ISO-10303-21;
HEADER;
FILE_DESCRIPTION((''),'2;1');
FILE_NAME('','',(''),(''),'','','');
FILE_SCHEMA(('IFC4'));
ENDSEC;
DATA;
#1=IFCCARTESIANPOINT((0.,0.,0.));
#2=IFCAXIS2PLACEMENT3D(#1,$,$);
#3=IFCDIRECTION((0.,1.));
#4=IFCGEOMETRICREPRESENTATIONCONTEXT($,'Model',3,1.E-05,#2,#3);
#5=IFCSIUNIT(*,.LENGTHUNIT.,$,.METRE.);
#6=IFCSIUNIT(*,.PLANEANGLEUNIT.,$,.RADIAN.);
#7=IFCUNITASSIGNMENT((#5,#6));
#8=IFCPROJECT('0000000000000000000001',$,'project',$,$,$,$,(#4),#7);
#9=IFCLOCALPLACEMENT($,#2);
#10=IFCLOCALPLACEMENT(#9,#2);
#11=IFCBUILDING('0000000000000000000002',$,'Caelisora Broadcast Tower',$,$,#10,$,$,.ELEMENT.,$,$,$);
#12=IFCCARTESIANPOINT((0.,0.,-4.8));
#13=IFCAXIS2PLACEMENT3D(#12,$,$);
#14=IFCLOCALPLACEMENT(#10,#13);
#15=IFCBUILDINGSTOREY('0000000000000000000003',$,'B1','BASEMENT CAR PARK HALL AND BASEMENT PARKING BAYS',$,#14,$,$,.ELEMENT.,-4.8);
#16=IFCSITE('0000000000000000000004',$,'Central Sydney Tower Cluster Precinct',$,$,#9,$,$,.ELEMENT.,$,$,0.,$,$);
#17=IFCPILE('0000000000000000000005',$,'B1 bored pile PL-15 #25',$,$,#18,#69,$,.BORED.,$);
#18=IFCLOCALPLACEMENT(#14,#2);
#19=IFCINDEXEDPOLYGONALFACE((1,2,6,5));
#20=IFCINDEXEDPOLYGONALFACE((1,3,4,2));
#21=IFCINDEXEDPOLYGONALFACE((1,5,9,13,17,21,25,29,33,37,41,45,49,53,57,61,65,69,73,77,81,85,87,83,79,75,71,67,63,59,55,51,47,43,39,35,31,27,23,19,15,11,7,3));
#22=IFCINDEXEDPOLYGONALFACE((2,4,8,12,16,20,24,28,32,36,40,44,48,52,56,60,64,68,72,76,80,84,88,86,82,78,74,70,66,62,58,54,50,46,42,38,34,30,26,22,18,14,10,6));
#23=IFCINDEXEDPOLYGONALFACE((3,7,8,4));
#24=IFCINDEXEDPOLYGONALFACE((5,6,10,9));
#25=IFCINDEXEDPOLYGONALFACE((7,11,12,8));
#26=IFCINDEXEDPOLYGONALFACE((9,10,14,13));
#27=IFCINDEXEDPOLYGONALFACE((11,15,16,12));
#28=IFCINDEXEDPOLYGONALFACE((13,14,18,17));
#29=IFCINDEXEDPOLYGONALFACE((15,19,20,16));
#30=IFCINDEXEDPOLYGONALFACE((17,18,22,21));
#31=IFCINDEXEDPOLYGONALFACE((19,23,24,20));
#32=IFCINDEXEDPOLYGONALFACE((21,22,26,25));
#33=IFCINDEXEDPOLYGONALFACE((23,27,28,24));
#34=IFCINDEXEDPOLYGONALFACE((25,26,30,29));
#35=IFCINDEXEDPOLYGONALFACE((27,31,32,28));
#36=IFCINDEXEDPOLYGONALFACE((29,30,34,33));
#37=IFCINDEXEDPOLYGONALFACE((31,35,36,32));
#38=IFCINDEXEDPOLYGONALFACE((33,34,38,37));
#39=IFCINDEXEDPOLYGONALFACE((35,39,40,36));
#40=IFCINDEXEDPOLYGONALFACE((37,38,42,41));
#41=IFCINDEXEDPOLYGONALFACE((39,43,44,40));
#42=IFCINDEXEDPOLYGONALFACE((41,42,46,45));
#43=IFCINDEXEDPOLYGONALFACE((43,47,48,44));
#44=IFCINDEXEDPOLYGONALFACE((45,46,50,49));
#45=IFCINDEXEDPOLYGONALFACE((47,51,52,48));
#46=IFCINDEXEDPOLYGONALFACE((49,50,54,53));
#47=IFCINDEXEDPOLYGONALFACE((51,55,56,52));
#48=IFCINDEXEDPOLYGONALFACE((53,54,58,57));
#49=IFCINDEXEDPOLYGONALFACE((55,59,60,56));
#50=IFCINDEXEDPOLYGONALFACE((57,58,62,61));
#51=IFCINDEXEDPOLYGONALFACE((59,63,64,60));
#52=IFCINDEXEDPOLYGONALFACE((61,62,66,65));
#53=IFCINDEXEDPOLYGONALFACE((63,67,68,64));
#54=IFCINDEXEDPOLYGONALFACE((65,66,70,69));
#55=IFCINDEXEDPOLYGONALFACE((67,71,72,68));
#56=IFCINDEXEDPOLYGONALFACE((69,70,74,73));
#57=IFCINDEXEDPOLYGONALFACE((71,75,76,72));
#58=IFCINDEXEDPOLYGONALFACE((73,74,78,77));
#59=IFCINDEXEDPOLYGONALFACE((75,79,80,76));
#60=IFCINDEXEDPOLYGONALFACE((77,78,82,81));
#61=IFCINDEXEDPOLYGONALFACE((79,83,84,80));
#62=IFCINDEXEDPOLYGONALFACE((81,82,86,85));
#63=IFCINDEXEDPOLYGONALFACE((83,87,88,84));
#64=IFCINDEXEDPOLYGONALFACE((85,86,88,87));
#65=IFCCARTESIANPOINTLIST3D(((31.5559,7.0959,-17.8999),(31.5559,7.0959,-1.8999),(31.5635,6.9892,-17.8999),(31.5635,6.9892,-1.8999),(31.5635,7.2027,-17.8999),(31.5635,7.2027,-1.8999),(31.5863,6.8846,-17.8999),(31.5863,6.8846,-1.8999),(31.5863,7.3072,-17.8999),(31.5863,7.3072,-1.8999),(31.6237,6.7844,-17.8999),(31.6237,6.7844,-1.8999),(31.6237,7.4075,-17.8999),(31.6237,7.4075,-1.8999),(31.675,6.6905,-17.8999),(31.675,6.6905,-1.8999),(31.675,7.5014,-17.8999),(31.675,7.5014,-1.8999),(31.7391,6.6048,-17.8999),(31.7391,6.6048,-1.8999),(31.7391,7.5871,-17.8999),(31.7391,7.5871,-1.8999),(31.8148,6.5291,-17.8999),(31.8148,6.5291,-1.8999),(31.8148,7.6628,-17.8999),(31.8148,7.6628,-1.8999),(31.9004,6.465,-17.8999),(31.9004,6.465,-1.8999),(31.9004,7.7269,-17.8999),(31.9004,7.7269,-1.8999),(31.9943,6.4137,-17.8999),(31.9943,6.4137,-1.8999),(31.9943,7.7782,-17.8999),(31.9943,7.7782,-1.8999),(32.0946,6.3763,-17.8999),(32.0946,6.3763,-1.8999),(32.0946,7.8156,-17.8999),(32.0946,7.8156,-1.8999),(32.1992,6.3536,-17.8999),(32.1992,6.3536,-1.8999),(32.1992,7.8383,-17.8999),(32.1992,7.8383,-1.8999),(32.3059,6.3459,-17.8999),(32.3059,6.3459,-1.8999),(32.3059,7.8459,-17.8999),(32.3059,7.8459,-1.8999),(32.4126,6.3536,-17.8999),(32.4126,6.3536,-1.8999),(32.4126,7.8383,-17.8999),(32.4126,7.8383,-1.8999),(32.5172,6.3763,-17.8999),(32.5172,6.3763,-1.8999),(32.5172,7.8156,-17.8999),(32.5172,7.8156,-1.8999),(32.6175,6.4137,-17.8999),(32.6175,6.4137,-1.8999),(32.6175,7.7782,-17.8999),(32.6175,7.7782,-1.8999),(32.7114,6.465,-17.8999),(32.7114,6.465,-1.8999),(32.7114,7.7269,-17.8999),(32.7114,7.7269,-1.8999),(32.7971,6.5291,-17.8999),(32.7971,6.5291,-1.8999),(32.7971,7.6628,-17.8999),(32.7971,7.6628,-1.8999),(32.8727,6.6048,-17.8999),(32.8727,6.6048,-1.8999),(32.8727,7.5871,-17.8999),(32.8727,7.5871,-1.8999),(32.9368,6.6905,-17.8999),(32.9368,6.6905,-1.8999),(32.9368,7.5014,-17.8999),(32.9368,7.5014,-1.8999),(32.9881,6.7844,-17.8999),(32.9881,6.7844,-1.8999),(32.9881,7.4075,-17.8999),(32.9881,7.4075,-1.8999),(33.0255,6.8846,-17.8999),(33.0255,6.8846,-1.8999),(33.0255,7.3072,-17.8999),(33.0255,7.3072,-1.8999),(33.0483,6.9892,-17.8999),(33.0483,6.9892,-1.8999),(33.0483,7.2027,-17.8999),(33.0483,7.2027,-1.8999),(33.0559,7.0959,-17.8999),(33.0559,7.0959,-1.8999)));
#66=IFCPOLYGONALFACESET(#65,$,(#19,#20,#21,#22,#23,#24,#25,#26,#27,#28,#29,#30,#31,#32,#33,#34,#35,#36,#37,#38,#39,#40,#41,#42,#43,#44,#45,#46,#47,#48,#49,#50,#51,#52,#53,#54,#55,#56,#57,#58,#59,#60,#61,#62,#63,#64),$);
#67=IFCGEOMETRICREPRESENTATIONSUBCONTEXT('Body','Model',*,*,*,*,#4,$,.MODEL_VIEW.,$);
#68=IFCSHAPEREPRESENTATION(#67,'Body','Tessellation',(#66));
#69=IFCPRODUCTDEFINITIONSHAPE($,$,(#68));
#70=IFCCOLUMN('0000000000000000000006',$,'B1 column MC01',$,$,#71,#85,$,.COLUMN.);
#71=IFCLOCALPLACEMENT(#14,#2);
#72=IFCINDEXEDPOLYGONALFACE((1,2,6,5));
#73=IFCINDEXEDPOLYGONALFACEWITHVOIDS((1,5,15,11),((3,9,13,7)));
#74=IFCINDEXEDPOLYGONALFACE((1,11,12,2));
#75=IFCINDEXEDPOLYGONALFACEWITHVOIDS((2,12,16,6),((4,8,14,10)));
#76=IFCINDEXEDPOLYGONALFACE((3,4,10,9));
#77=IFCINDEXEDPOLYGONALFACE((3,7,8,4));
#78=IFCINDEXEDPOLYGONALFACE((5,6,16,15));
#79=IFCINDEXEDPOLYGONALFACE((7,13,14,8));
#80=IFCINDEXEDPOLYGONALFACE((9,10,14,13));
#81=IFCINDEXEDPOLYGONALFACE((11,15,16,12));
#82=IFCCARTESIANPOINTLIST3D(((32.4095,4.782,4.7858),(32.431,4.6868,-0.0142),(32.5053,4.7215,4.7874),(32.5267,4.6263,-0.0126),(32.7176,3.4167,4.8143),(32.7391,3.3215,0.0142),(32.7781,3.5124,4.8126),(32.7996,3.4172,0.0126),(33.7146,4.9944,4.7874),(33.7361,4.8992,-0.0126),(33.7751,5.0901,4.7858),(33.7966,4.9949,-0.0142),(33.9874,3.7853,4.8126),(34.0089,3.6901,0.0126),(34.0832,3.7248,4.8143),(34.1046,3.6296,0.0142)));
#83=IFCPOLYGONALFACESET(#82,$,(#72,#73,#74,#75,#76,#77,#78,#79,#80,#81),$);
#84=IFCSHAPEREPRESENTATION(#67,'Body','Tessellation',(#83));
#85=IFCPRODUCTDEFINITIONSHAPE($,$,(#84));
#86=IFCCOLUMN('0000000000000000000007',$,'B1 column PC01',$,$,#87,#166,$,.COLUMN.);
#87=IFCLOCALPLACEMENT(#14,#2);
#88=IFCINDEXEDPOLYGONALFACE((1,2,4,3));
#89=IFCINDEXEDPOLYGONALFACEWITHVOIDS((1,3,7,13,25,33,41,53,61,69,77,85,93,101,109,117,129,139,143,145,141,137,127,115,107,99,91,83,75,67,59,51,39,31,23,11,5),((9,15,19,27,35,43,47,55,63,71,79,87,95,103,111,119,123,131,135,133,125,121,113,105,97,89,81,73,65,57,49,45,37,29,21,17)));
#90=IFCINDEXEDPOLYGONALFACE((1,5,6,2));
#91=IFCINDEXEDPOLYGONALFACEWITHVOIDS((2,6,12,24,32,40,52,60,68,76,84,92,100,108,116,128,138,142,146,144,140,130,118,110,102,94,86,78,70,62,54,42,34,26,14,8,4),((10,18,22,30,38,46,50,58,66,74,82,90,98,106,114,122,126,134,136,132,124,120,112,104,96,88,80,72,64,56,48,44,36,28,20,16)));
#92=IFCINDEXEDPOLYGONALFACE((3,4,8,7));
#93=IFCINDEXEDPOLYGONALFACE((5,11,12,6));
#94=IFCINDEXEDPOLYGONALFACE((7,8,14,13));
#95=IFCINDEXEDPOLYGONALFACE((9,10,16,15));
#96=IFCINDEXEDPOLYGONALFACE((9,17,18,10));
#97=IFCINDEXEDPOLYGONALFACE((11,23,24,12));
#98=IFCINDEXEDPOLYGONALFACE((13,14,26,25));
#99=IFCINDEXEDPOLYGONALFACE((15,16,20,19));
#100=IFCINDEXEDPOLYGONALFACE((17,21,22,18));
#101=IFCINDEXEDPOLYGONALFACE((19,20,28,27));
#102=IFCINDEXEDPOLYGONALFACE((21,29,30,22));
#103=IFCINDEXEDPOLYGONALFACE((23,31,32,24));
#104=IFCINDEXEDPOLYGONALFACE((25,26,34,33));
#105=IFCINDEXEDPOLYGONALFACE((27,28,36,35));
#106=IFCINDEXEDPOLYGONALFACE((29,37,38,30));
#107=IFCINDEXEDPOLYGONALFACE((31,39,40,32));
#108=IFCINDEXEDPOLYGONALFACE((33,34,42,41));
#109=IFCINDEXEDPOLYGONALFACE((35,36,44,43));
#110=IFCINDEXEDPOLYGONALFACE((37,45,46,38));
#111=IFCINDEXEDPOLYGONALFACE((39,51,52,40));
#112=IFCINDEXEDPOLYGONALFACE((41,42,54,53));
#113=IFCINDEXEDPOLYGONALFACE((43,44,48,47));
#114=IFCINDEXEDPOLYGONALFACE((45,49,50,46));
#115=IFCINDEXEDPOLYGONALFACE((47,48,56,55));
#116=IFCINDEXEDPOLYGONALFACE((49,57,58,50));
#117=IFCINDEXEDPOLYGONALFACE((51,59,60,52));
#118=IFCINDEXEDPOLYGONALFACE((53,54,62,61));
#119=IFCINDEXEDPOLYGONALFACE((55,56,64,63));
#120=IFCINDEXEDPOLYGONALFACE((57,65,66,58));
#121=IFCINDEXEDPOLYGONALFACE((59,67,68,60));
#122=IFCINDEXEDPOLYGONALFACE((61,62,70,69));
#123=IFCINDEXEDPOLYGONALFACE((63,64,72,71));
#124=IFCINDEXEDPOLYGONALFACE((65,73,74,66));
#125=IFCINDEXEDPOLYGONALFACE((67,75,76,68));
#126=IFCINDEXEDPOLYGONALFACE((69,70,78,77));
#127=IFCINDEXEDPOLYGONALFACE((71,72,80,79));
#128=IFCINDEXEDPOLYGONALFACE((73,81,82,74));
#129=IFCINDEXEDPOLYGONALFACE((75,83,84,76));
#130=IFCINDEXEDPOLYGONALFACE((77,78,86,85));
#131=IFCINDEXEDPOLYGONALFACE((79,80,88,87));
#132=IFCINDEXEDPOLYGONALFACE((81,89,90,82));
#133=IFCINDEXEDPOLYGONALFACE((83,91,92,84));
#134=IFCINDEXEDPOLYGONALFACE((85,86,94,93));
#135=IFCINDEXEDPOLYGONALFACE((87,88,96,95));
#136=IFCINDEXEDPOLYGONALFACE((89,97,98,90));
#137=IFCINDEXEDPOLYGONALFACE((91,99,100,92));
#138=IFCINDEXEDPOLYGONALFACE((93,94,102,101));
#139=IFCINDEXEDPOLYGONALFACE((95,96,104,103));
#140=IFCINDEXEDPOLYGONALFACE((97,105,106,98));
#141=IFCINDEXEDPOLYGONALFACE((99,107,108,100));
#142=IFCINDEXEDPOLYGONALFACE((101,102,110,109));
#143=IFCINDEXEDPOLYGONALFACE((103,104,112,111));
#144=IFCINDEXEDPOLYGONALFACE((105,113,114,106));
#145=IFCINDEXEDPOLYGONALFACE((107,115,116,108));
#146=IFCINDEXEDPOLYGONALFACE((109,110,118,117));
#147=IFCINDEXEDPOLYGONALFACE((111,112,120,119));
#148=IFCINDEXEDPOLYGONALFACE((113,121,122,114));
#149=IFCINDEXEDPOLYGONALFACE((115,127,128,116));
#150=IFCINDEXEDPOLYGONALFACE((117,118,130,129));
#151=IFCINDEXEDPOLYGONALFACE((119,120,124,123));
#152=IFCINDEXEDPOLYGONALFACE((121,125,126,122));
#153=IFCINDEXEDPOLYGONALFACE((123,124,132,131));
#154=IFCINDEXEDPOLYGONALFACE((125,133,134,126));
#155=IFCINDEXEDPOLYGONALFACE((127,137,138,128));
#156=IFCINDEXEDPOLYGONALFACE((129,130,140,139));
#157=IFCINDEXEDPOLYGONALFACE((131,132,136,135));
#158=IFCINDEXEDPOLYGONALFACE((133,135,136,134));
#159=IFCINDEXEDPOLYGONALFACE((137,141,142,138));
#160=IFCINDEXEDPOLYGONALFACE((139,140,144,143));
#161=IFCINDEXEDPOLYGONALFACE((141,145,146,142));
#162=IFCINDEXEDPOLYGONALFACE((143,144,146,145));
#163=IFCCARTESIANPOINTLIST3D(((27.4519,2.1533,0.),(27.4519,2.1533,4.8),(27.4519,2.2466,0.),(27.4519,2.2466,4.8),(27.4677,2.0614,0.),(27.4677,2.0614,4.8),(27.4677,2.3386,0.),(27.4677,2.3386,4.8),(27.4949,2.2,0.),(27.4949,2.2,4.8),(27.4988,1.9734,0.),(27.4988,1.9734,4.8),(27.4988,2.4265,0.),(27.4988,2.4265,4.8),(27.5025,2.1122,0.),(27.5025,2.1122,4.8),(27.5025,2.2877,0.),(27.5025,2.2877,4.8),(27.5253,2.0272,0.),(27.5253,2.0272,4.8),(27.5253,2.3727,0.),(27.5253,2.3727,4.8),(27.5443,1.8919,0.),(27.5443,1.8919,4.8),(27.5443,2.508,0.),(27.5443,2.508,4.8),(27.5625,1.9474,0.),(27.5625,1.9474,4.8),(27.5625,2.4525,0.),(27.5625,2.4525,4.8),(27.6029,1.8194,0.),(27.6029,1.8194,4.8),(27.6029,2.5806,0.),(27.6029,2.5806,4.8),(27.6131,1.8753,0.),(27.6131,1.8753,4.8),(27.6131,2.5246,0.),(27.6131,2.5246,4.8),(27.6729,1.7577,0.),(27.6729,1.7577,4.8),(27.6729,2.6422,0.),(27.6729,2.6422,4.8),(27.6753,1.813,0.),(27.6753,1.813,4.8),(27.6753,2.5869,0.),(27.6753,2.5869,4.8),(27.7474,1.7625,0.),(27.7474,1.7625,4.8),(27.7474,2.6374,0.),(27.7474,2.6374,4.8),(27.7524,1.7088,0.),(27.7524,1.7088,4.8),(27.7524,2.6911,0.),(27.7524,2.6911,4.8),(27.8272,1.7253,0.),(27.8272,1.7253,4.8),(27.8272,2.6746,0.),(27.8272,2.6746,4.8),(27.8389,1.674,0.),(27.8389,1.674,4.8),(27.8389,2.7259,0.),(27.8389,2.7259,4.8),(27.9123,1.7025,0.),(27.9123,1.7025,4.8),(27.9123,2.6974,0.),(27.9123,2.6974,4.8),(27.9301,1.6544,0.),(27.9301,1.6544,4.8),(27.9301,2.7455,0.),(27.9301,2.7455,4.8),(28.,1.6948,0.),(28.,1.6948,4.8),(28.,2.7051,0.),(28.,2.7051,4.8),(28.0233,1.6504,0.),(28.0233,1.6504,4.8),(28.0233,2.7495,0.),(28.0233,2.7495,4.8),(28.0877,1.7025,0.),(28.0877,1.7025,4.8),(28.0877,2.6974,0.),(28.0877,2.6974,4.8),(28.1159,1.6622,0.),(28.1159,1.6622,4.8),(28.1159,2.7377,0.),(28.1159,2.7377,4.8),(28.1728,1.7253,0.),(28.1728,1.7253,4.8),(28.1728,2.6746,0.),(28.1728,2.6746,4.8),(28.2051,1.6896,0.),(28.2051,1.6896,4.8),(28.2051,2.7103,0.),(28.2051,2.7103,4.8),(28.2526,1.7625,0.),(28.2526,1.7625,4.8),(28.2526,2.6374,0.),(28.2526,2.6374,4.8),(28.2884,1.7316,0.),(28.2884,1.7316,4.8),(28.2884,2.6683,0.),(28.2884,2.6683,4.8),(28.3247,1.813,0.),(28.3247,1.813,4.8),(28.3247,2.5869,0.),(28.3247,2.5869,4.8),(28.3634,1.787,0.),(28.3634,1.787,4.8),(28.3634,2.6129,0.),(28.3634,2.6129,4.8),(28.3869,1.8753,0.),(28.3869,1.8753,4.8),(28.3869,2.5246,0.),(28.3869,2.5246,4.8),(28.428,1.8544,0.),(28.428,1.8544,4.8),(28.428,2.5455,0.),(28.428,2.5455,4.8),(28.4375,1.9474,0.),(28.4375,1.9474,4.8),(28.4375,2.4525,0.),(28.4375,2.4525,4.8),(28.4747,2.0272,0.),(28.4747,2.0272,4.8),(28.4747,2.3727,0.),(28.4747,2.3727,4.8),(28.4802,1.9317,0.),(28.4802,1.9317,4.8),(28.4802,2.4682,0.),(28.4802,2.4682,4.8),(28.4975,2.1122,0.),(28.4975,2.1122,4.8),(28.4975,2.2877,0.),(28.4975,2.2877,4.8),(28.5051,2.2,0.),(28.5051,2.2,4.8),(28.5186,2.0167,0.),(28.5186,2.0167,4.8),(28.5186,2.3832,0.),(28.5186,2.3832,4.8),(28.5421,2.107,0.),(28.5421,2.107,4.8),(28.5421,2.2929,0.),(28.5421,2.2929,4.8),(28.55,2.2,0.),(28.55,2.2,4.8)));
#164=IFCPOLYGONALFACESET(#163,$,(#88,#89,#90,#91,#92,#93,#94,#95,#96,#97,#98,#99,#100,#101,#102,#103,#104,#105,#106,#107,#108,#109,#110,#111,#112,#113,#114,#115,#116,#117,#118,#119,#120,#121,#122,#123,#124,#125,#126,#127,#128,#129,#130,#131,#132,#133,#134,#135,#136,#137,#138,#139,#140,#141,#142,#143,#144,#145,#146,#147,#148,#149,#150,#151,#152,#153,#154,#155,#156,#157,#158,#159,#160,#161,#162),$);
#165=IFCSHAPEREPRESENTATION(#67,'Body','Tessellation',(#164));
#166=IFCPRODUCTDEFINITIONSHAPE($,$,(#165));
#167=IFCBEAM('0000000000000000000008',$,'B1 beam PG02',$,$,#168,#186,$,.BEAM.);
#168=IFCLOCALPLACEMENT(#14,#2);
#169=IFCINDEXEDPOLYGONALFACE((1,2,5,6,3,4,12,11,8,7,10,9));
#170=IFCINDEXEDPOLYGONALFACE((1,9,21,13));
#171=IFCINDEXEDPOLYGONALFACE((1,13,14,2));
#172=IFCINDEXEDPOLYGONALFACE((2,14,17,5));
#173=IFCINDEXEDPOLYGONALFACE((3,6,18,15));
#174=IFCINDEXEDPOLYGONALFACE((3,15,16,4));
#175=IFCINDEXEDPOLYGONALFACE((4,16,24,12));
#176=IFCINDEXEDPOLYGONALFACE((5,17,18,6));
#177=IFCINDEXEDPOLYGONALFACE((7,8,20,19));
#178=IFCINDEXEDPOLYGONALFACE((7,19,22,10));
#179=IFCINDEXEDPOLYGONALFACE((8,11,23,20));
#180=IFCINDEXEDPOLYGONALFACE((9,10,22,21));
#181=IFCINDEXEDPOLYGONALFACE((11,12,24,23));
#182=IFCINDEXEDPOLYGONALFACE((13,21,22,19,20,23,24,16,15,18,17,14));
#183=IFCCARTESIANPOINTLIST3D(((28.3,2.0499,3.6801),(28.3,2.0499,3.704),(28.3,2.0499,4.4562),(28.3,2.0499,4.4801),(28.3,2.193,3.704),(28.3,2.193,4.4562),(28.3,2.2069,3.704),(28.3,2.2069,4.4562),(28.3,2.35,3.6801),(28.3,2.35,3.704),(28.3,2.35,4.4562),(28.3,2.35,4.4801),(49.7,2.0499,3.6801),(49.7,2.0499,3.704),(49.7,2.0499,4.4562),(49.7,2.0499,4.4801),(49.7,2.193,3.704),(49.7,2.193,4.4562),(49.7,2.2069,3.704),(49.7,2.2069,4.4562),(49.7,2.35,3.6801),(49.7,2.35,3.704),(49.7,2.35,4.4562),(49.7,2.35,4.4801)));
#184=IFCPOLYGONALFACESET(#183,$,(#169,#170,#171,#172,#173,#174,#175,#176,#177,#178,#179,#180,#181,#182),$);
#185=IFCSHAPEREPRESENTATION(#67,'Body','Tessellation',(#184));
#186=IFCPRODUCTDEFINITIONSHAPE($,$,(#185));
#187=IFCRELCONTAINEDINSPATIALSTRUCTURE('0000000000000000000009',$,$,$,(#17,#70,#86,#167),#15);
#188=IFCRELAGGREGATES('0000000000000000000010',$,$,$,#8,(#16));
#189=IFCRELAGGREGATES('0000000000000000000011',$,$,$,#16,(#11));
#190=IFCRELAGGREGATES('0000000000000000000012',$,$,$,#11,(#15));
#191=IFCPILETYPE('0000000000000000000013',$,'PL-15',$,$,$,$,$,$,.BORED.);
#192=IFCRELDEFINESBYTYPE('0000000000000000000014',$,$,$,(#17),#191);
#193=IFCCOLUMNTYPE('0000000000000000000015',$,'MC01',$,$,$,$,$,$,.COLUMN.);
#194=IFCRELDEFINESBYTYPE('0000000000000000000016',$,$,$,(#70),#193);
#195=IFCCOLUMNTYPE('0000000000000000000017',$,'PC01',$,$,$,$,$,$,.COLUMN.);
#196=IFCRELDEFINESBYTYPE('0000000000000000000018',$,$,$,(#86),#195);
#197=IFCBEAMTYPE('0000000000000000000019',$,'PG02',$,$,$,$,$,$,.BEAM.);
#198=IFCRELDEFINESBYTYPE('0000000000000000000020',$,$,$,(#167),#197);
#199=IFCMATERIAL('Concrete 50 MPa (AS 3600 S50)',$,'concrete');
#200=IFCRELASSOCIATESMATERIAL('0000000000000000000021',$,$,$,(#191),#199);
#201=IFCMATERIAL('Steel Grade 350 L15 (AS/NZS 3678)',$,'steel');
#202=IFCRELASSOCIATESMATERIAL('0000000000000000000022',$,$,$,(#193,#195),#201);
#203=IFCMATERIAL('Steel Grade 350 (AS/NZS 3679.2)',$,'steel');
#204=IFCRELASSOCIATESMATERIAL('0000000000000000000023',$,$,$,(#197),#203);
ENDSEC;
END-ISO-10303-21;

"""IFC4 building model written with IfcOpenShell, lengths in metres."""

from ifc_helpers import new_model, si_unit, direction, frame, origin, origin_2d, place, context, subcontext, project, spatial, hollow_rectangle, circle, hollow_circle, i_section, extrude, source, transform, mapped, material, material_profile, profile_set, type_object, type_shapes, element, save


model = new_model("IFC4")

# Units and contexts
model_context = context("Model", 3, precision=1e-05, world=origin(), true_north=direction((0.0, 1.0)))
body_context = subcontext(model_context, "Body", "Model", "MODEL_VIEW")
ifc_project = project(units=[si_unit("LENGTHUNIT", "METRE"), si_unit("PLANEANGLEUNIT", "RADIAN")], contexts=[model_context])

# Site, building, storey
site_placement = place(None, origin())
site = spatial("IfcSite", under=ifc_project, at=site_placement, Name="Central Sydney Tower Cluster Precinct", CompositionType="ELEMENT", RefElevation=0.0)
building_placement = place(site_placement, origin())
building = spatial("IfcBuilding", under=site, at=building_placement, Name="Caelisora Broadcast Tower", CompositionType="ELEMENT")
storey_placement = place(building_placement, frame((0.0, 0.0, -4.8)))
storey = spatial("IfcBuildingStorey", under=building, at=storey_placement, Name="B1", Description="BASEMENT CAR PARK HALL AND BASEMENT PARKING BAYS", CompositionType="ELEMENT", Elevation=-4.8)

# Pile
ifc_material_1 = material(Name="Concrete 50 MPa (AS 3600 S50)", Category="concrete")
ifc_material_profile_1 = material_profile(ifc_material_1, circle(Radius=0.75, at=origin_2d()), Name="Concrete 50 MPa (AS 3600 S50)")
ifc_profile_set_1 = profile_set([ifc_material_profile_1], Name="Concrete 50 MPa (AS 3600 S50)")
pile_type = type_object("IfcPileType", Name="PL-15", PredefinedType="BORED", material=ifc_profile_set_1)
pile_placement = place(storey_placement, frame((32.3059, 7.0959, -1.8999), z_axis=(0.0, 0.0, -1.0), x_axis=(1.0, 0.0, 0.0)))
element("IfcPile", 1, at=pile_placement, inside=storey, type_object=pile_type, Name="B1 bored pile PL-15 #25", PredefinedType="BORED", context=body_context, shape_type="SweptSolid", body=[
    extrude(circle(Radius=0.75, at=origin_2d()), origin(), (0.0, 0.0, 1.0), 16.0),
])

# Columns
ifc_material_2 = material(Name="Steel Grade 350 L15 (AS/NZS 3678)", Category="steel")
ifc_material_profile_2 = material_profile(ifc_material_2, hollow_rectangle(XDim=1.3999, YDim=1.3999, WallThickness=0.0801, at=origin_2d()), Name="Steel Grade 350 L15 (AS/NZS 3678)")
ifc_profile_set_2 = profile_set([ifc_material_profile_2], Name="Steel Grade 350 L15 (AS/NZS 3678)")
column_type_1 = type_object("IfcColumnType", Name="MC01", PredefinedType="COLUMN", material=ifc_profile_set_2)
shared_shape_1 = source(origin(), body_context, "Body", "SweptSolid", [
    extrude(hollow_rectangle(XDim=1.3999, YDim=1.3999, WallThickness=0.0801, at=origin_2d()), origin(), (0.0, 0.0, 1.0), 4.801),
])
type_shapes(column_type_1, [shared_shape_1])
column_1_placement = place(storey_placement, frame((33.2678, 4.1582, 0.0), z_axis=(-0.004475, 0.019832, 0.999793), x_axis=(-0.975476, -0.220107, 0.0)))
element("IfcColumn", 2, at=column_1_placement, inside=storey, type_object=column_type_1, Name="B1 column MC01", PredefinedType="COLUMN", context=body_context, shape_type="MappedRepresentation", body=[
    mapped(shared_shape_1, transform((0.0, 0.0, 0.0), scale=1.0)),
])
ifc_material_profile_3 = material_profile(ifc_material_2, hollow_circle(Radius=0.55, WallThickness=0.0449, at=origin_2d()), Name="Steel Grade 350 L15 (AS/NZS 3678)")
ifc_profile_set_3 = profile_set([ifc_material_profile_3], Name="Steel Grade 350 L15 (AS/NZS 3678)")
column_type_2 = type_object("IfcColumnType", Name="PC01", PredefinedType="COLUMN", material=ifc_profile_set_3)
shared_shape_2 = source(origin(), body_context, "Body", "SweptSolid", [
    extrude(hollow_circle(Radius=0.55, WallThickness=0.0449, at=origin_2d()), origin(), (0.0, 0.0, 1.0), 4.8),
])
type_shapes(column_type_2, [shared_shape_2])
column_2_placement = place(storey_placement, frame((28.0, 2.2, 0.0), z_axis=(0.0, 0.0, 1.0), x_axis=(1.0, 0.0, 0.0)))
element("IfcColumn", 3, at=column_2_placement, inside=storey, type_object=column_type_2, Name="B1 column PC01", PredefinedType="COLUMN", context=body_context, shape_type="MappedRepresentation", body=[
    mapped(shared_shape_2, transform((0.0, 0.0, 0.0), scale=1.0)),
])

# Beam
ifc_material_3 = material(Name="Steel Grade 350 (AS/NZS 3679.2)", Category="steel")
ifc_material_profile_4 = material_profile(ifc_material_3, i_section(OverallWidth=0.3, OverallDepth=0.8, WebThickness=0.0139, FlangeThickness=0.0239, at=origin_2d()), Name="Steel Grade 350 (AS/NZS 3679.2)")
ifc_profile_set_4 = profile_set([ifc_material_profile_4], Name="Steel Grade 350 (AS/NZS 3679.2)")
beam_type_1 = type_object("IfcBeamType", Name="PG02", PredefinedType="BEAM", material=ifc_profile_set_4)
shared_shape_3 = source(origin(), body_context, "Body", "SweptSolid", [
    extrude(i_section(OverallWidth=0.3, OverallDepth=0.8, WebThickness=0.0139, FlangeThickness=0.0239, at=origin_2d()), origin(), (0.0, 0.0, 1.0), 21.3999),
])
type_shapes(beam_type_1, [shared_shape_3])
beam_1_placement = place(storey_placement, frame((28.3, 2.2, 4.0801), z_axis=(1.0, 0.0, 0.0), x_axis=(0.0, 1.0, 0.0)))
element("IfcBeam", 4, at=beam_1_placement, inside=storey, type_object=beam_type_1, Name="B1 beam PG02", PredefinedType="BEAM", context=body_context, shape_type="MappedRepresentation", body=[
    mapped(shared_shape_3, transform((0.0, 0.0, 0.0), scale=1.0)),
])

save(model, "model.ifc")
